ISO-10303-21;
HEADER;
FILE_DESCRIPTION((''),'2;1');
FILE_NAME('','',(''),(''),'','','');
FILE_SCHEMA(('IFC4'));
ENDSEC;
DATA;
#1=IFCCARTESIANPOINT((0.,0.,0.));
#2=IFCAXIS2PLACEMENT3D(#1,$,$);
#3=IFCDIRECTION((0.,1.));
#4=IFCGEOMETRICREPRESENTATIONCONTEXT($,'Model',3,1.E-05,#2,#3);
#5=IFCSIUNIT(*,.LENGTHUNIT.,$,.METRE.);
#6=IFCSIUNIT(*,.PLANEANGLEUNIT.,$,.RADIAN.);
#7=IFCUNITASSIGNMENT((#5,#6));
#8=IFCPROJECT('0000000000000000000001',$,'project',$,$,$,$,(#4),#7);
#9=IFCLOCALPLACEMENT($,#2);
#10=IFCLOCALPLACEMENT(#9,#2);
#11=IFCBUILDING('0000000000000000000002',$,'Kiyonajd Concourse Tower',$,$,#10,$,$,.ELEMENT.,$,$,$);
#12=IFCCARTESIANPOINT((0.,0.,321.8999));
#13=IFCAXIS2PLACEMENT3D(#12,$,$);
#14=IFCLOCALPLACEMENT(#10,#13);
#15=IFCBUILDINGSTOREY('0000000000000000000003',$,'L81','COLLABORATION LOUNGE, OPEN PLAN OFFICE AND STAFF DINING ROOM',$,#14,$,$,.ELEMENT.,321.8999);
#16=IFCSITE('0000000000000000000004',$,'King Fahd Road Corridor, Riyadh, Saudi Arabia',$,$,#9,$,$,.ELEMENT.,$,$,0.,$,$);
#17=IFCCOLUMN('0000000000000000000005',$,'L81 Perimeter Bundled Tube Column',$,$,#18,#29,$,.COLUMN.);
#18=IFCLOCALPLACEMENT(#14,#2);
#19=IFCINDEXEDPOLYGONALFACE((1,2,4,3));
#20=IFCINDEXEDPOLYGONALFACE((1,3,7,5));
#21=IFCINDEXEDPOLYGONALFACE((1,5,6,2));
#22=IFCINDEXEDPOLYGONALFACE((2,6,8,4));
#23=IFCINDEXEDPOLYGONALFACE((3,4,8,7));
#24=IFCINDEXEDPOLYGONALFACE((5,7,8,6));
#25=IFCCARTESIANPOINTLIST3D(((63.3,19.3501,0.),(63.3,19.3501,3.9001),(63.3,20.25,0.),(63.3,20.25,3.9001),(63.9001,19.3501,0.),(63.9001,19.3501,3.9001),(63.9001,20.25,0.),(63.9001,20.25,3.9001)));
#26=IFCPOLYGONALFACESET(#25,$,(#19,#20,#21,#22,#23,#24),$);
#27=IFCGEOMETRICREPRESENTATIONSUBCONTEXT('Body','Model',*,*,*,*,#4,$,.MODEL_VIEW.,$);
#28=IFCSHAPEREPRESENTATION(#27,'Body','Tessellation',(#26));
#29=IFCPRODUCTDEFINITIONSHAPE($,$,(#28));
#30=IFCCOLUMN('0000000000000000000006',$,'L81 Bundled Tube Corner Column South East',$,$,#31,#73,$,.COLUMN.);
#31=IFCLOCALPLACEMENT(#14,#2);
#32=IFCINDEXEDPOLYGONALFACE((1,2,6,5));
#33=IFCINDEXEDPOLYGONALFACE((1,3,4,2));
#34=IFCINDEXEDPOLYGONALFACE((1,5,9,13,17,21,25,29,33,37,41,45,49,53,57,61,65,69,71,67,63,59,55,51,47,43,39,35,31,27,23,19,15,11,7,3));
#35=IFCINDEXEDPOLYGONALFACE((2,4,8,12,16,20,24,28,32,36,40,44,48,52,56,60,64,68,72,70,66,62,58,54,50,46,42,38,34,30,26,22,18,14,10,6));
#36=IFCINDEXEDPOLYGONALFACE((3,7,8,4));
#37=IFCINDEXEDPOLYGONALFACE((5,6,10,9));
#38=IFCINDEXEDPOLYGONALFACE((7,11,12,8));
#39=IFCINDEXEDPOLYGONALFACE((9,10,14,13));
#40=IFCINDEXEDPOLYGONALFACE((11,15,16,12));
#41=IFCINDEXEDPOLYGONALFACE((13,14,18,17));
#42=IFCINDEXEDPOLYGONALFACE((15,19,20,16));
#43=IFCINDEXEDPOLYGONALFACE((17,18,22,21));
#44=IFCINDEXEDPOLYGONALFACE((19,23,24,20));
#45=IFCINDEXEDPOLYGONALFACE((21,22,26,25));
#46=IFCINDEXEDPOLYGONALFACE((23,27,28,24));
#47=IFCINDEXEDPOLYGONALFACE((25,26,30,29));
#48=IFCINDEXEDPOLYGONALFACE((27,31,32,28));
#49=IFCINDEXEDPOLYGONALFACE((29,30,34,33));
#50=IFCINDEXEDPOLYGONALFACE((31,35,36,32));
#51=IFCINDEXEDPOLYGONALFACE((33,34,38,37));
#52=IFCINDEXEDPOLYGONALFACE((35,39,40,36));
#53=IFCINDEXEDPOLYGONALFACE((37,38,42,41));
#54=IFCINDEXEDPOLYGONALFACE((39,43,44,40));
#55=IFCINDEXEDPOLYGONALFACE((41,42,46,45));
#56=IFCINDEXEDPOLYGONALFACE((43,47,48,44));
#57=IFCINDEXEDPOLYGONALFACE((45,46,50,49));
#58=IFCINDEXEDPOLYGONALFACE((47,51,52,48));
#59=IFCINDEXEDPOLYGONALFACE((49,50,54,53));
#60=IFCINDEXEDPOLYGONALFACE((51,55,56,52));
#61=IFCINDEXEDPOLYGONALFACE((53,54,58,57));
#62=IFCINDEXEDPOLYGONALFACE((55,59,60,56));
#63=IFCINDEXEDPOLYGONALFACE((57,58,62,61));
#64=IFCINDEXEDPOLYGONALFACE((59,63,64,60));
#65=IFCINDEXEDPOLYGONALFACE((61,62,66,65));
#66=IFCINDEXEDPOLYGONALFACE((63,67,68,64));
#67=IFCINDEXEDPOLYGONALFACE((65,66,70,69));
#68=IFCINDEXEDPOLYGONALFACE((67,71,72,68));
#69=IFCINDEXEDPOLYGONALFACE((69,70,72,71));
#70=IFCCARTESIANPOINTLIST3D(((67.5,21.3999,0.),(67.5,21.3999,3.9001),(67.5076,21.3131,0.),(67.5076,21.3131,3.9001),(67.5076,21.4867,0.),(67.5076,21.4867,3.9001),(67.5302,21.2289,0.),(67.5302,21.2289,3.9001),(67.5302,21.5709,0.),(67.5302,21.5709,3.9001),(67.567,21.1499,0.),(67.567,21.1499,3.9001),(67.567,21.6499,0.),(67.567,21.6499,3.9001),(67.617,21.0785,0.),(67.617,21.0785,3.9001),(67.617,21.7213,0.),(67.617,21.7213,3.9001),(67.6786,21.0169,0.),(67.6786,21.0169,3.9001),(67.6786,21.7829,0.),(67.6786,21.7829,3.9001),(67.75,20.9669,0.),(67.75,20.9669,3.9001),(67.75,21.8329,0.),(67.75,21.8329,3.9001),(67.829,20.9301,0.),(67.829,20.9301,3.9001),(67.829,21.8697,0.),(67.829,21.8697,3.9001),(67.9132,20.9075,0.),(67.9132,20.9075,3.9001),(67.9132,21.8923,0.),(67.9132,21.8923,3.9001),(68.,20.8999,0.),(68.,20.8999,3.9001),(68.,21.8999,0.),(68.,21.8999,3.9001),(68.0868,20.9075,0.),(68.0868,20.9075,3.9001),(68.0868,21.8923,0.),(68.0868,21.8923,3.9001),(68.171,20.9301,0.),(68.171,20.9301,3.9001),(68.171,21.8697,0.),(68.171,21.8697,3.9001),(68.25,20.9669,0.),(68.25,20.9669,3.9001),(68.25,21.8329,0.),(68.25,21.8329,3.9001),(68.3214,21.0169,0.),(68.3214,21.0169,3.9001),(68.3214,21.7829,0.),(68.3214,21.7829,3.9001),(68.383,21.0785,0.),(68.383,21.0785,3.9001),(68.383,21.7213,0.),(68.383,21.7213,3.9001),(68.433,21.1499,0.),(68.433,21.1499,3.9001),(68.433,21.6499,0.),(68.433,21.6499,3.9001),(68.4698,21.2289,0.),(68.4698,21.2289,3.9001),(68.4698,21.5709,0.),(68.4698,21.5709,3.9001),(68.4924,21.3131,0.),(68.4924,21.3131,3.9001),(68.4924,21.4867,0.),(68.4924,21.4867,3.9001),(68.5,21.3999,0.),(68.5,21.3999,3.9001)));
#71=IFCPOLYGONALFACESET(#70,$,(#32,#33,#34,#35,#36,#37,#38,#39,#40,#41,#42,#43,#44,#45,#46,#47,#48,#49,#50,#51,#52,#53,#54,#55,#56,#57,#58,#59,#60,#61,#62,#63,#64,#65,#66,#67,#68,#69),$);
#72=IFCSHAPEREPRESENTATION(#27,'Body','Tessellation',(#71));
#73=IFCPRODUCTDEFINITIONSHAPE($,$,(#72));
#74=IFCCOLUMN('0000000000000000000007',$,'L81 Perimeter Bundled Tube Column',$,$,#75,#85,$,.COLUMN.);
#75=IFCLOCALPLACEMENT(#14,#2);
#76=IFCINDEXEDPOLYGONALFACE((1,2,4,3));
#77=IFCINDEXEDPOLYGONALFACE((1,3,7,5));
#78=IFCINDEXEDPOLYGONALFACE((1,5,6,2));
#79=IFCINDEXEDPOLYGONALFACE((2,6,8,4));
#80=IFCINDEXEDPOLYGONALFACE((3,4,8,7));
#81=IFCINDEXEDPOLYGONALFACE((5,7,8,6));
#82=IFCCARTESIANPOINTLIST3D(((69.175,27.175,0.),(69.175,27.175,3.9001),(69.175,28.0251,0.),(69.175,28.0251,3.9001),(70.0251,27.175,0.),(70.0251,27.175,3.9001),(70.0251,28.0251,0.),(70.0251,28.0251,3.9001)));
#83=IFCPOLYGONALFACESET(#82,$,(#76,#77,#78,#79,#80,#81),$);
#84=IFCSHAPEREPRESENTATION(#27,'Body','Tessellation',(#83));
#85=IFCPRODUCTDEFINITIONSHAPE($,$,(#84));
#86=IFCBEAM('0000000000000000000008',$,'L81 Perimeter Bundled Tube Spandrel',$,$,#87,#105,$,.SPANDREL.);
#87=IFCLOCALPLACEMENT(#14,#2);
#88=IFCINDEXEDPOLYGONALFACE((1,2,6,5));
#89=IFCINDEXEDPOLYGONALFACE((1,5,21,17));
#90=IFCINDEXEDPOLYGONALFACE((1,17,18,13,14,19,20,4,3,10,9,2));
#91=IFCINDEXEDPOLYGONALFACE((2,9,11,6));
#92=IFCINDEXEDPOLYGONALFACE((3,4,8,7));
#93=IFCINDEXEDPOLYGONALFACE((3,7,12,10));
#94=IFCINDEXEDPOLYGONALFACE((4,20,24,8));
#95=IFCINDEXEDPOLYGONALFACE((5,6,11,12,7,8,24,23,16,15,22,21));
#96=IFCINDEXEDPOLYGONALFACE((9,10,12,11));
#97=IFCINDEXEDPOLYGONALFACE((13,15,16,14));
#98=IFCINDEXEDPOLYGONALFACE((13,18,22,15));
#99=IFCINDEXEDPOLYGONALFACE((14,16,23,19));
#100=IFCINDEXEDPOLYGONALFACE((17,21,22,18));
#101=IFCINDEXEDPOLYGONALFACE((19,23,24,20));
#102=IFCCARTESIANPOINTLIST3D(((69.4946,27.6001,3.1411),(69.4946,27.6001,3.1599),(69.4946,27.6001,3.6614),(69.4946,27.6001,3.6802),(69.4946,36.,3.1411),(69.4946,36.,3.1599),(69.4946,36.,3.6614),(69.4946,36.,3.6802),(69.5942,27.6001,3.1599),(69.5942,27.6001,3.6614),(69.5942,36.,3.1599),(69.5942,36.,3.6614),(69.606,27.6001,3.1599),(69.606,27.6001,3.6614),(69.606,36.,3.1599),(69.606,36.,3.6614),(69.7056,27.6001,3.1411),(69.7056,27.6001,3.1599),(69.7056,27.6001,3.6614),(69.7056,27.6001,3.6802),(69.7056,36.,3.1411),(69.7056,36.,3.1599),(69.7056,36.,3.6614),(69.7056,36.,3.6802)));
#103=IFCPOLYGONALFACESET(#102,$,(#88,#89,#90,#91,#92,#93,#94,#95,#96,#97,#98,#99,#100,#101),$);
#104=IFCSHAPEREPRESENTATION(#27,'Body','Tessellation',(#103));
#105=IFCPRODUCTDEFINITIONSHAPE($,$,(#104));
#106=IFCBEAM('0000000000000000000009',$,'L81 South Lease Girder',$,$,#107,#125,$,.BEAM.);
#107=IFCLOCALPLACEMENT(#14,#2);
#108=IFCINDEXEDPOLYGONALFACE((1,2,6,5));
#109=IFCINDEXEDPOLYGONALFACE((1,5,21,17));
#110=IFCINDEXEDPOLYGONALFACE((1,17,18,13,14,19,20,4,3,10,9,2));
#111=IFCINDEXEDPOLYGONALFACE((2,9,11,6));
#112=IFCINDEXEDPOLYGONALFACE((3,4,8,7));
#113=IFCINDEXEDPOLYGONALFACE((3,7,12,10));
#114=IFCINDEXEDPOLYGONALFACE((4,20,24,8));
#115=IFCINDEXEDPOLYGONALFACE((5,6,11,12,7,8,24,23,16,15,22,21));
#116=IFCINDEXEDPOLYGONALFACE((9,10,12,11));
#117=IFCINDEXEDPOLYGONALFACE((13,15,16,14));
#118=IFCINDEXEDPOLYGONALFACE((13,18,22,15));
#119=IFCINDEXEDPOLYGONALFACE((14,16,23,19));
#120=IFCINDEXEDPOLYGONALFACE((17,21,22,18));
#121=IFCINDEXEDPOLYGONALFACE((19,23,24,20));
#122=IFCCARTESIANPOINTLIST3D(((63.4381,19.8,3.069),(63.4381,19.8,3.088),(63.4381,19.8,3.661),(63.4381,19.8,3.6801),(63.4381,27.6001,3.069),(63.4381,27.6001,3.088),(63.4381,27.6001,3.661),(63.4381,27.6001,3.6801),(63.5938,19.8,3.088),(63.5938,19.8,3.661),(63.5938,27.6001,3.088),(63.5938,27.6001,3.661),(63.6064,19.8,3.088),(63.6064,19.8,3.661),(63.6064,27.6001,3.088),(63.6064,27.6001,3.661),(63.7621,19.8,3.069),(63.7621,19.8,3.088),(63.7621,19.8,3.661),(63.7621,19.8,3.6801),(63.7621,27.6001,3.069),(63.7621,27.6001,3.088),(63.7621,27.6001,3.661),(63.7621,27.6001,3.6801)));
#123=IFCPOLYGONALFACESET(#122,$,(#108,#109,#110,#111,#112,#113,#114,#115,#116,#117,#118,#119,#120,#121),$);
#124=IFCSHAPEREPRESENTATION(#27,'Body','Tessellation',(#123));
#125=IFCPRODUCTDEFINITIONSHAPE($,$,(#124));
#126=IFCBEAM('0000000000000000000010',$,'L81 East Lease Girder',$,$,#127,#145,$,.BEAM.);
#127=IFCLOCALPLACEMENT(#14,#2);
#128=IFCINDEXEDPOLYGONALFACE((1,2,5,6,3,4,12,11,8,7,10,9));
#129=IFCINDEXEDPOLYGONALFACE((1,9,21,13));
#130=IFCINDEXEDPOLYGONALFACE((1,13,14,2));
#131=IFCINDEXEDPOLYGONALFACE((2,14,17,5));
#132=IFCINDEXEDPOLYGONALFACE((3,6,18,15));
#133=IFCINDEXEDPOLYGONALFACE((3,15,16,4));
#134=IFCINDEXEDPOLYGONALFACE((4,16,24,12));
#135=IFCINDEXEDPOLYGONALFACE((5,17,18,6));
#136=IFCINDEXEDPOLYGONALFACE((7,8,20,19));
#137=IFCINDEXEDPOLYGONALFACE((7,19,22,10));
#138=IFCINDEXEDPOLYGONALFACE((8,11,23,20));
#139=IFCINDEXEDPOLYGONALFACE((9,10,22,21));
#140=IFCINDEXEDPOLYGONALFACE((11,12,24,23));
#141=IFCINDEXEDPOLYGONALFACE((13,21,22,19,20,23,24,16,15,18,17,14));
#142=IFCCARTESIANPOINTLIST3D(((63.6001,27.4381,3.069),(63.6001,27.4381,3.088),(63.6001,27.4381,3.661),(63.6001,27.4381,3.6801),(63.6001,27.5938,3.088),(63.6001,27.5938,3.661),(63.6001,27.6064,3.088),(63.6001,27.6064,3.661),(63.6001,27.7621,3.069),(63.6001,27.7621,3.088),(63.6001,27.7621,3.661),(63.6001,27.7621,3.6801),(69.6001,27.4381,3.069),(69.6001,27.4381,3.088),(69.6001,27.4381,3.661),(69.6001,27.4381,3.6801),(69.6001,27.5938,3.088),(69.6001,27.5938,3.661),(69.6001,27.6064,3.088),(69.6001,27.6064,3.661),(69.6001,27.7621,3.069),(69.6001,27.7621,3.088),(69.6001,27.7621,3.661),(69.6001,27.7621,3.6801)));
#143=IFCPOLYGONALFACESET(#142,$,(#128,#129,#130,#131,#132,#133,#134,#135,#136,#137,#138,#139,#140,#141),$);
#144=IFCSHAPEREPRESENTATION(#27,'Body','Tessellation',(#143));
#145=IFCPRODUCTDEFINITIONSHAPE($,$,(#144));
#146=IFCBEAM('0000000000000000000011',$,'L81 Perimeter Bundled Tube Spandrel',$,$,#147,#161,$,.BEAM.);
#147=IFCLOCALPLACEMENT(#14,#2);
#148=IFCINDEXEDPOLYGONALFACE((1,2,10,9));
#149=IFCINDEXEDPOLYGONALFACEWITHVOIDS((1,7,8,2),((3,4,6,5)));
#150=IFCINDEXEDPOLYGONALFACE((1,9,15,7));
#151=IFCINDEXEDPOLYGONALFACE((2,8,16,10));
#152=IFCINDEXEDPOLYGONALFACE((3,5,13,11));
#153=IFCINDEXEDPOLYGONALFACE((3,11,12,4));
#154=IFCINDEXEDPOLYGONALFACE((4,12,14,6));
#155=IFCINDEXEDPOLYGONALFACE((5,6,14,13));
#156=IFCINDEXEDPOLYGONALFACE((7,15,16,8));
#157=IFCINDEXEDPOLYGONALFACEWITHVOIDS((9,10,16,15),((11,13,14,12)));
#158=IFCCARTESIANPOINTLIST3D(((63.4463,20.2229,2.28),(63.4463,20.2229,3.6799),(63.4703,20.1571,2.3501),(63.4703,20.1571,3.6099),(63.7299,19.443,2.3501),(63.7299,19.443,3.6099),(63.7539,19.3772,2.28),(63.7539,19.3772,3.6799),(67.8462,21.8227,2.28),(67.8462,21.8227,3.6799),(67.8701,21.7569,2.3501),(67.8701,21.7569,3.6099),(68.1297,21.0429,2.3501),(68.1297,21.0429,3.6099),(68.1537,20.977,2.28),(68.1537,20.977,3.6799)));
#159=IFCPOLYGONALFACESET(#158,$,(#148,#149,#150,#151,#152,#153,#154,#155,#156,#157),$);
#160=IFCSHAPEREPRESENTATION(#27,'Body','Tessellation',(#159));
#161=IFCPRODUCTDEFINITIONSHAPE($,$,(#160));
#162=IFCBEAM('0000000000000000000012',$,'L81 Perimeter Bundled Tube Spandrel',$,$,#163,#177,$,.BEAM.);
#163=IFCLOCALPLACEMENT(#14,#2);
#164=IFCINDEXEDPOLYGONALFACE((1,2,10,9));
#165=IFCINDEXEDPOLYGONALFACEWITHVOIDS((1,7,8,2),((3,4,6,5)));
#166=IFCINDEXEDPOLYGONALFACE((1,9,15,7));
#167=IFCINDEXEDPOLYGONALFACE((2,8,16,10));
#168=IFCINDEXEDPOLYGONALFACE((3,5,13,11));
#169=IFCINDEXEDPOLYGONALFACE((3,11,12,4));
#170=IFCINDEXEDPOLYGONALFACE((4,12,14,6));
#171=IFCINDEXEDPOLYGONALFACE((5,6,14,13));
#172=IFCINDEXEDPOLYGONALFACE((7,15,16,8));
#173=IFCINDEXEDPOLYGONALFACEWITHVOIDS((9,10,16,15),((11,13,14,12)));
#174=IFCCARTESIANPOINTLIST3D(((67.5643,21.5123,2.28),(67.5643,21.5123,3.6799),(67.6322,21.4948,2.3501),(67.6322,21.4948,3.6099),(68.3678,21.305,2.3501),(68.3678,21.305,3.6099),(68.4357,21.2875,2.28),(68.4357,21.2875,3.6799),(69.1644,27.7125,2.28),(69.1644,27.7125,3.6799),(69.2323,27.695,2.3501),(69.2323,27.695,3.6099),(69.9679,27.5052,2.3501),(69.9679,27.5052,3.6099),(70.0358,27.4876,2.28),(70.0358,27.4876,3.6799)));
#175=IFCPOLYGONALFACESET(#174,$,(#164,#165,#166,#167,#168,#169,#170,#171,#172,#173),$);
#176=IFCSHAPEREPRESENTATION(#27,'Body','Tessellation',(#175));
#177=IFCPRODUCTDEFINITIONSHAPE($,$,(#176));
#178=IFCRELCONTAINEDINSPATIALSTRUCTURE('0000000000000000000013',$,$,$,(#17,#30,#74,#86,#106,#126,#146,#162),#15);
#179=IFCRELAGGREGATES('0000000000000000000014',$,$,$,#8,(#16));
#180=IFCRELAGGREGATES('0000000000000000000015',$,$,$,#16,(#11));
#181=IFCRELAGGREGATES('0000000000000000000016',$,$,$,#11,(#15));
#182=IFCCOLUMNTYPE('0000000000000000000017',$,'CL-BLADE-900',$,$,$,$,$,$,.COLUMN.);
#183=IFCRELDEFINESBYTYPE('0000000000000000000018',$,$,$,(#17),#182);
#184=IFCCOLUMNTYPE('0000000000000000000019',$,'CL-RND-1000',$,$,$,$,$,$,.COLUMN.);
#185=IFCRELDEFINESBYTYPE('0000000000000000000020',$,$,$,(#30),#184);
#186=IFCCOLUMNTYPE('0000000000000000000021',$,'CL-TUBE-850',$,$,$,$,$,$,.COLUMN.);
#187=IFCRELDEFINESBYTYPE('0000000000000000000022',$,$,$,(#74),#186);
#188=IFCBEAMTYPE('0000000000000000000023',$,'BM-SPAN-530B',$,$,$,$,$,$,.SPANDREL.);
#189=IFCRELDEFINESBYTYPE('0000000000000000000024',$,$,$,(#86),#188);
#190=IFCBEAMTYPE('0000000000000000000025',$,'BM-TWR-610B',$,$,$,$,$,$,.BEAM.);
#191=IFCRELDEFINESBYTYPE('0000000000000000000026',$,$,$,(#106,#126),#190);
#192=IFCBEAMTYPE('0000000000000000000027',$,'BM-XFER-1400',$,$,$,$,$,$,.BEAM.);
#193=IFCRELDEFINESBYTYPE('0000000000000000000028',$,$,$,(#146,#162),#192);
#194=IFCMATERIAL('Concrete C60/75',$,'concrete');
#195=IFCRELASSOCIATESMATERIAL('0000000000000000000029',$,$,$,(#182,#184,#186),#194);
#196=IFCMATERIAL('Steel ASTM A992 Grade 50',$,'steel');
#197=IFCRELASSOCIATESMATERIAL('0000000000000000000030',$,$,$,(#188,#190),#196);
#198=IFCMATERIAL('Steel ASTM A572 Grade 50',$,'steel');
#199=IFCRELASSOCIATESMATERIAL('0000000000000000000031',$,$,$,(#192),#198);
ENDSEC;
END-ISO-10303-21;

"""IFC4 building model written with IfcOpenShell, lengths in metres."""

from ifc_helpers import new_model, si_unit, direction, frame, origin, origin_2d, place, context, subcontext, project, spatial, rectangle, hollow_rectangle, circle, i_section, extrude, material, material_profile, profile_set, type_object, element, save


model = new_model("IFC4")

# Units and contexts
model_context = context("Model", 3, precision=1e-05, world=origin(), true_north=direction((0.0, 1.0)))
body_context = subcontext(model_context, "Body", "Model", "MODEL_VIEW")
ifc_project = project(units=[si_unit("LENGTHUNIT", "METRE"), si_unit("PLANEANGLEUNIT", "RADIAN")], contexts=[model_context])

# Site, building, storey
site_placement = place(None, origin())
site = spatial("IfcSite", under=ifc_project, at=site_placement, Name="King Fahd Road Corridor, Riyadh, Saudi Arabia", CompositionType="ELEMENT", RefElevation=0.0)
building_placement = place(site_placement, origin())
building = spatial("IfcBuilding", under=site, at=building_placement, Name="Kiyonajd Concourse Tower", CompositionType="ELEMENT")
storey_placement = place(building_placement, frame((0.0, 0.0, 321.8999)))
storey = spatial("IfcBuildingStorey", under=building, at=storey_placement, Name="L81", Description="COLLABORATION LOUNGE, OPEN PLAN OFFICE AND STAFF DINING ROOM", CompositionType="ELEMENT", Elevation=321.8999)

# Columns
ifc_material_1 = material(Name="Concrete C60/75", Category="concrete")
ifc_material_profile_1 = material_profile(ifc_material_1, rectangle(XDim=0.6001, YDim=0.8999, at=origin_2d()), Name="RC-900x600")
ifc_profile_set_1 = profile_set([ifc_material_profile_1], Name="Concrete C60/75")
column_type_1 = type_object("IfcColumnType", Name="CL-BLADE-900", PredefinedType="COLUMN", material=ifc_profile_set_1)
column_1_placement = place(storey_placement, frame((63.6001, 19.8, 0.0), z_axis=(0.0, 0.0, 1.0), x_axis=(1.0, 0.0, 0.0)))
element("IfcColumn", 1, at=column_1_placement, inside=storey, type_object=column_type_1, Name="L81 Perimeter Bundled Tube Column", PredefinedType="COLUMN", context=body_context, shape_type="SweptSolid", body=[
    extrude(rectangle(XDim=0.6001, YDim=0.8999, at=origin_2d()), origin(), (0.0, 0.0, 1.0), 3.9001),
])
ifc_material_profile_2 = material_profile(ifc_material_1, circle(Radius=0.5, at=origin_2d()), Name="RCC-D1000")
ifc_profile_set_2 = profile_set([ifc_material_profile_2], Name="Concrete C60/75")
column_type_2 = type_object("IfcColumnType", Name="CL-RND-1000", PredefinedType="COLUMN", material=ifc_profile_set_2)
column_2_placement = place(storey_placement, frame((68.0, 21.3999, 0.0), z_axis=(0.0, 0.0, 1.0), x_axis=(1.0, 0.0, 0.0)))
element("IfcColumn", 2, at=column_2_placement, inside=storey, type_object=column_type_2, Name="L81 Bundled Tube Corner Column South East", PredefinedType="COLUMN", context=body_context, shape_type="SweptSolid", body=[
    extrude(circle(Radius=0.5, at=origin_2d()), origin(), (0.0, 0.0, 1.0), 3.9001),
])
ifc_material_profile_3 = material_profile(ifc_material_1, rectangle(XDim=0.8501, YDim=0.8501, at=origin_2d()), Name="RC-850x850")
ifc_profile_set_3 = profile_set([ifc_material_profile_3], Name="Concrete C60/75")
column_type_3 = type_object("IfcColumnType", Name="CL-TUBE-850", PredefinedType="COLUMN", material=ifc_profile_set_3)
column_3_placement = place(storey_placement, frame((69.6001, 27.6001, 0.0), z_axis=(0.0, 0.0, 1.0), x_axis=(1.0, 0.0, 0.0)))
element("IfcColumn", 3, at=column_3_placement, inside=storey, type_object=column_type_3, Name="L81 Perimeter Bundled Tube Column", PredefinedType="COLUMN", context=body_context, shape_type="SweptSolid", body=[
    extrude(rectangle(XDim=0.8501, YDim=0.8501, at=origin_2d()), origin(), (0.0, 0.0, 1.0), 3.9001),
])

# Beams
ifc_material_2 = material(Name="Steel ASTM A992 Grade 50", Category="steel")
ifc_material_profile_4 = material_profile(ifc_material_2, i_section(OverallWidth=0.2109, OverallDepth=0.5391, WebThickness=0.0117, FlangeThickness=0.0188, at=origin_2d()), Name="W530X109")
ifc_profile_set_4 = profile_set([ifc_material_profile_4], Name="Steel ASTM A992 Grade 50")
beam_type_1 = type_object("IfcBeamType", Name="BM-SPAN-530B", PredefinedType="SPANDREL", material=ifc_profile_set_4)
beam_1_placement = place(storey_placement, frame((69.6001, 27.6001, 3.4106), z_axis=(0.0, 1.0, 0.0), x_axis=(-1.0, 0.0, 0.0)))
element("IfcBeam", 4, at=beam_1_placement, inside=storey, type_object=beam_type_1, Name="L81 Perimeter Bundled Tube Spandrel", PredefinedType="SPANDREL", context=body_context, shape_type="SweptSolid", body=[
    extrude(i_section(OverallWidth=0.2109, OverallDepth=0.5391, WebThickness=0.0117, FlangeThickness=0.0188, at=origin_2d()), origin(), (0.0, 0.0, 1.0), 8.3999),
])
ifc_material_profile_5 = material_profile(ifc_material_2, i_section(OverallWidth=0.324, OverallDepth=0.6111, WebThickness=0.0127, FlangeThickness=0.019, at=origin_2d()), Name="W610X155")
ifc_profile_set_5 = profile_set([ifc_material_profile_5], Name="Steel ASTM A992 Grade 50")
beam_type_2 = type_object("IfcBeamType", Name="BM-TWR-610B", PredefinedType="BEAM", material=ifc_profile_set_5)
beam_2_placement = place(storey_placement, frame((63.6001, 19.8, 3.3745), z_axis=(0.0, 1.0, 0.0), x_axis=(-1.0, 0.0, 0.0)))
element("IfcBeam", 5, at=beam_2_placement, inside=storey, type_object=beam_type_2, Name="L81 South Lease Girder", PredefinedType="BEAM", context=body_context, shape_type="SweptSolid", body=[
    extrude(i_section(OverallWidth=0.324, OverallDepth=0.6111, WebThickness=0.0127, FlangeThickness=0.019, at=origin_2d()), origin(), (0.0, 0.0, 1.0), 7.8),
])
beam_3_placement = place(storey_placement, frame((63.6001, 27.6001, 3.3745), z_axis=(1.0, 0.0, 0.0), x_axis=(0.0, 1.0, 0.0)))
element("IfcBeam", 6, at=beam_3_placement, inside=storey, type_object=beam_type_2, Name="L81 East Lease Girder", PredefinedType="BEAM", context=body_context, shape_type="SweptSolid", body=[
    extrude(i_section(OverallWidth=0.324, OverallDepth=0.6111, WebThickness=0.0127, FlangeThickness=0.019, at=origin_2d()), origin(), (0.0, 0.0, 1.0), 6.0),
])
ifc_material_3 = material(Name="Steel ASTM A572 Grade 50", Category="steel")
ifc_material_profile_6 = material_profile(ifc_material_3, hollow_rectangle(XDim=0.8999, YDim=1.3999, WallThickness=0.0701, at=origin_2d()), Name="BOX-1400x900x70")
ifc_profile_set_6 = profile_set([ifc_material_profile_6], Name="Steel ASTM A572 Grade 50")
beam_type_3 = type_object("IfcBeamType", Name="BM-XFER-1400", PredefinedType="BEAM", material=ifc_profile_set_6)
beam_4_placement = place(storey_placement, frame((63.6001, 19.8, 2.98), z_axis=(0.939801, 0.341722, 0.0), x_axis=(-0.341722, 0.939801, 0.0)))
element("IfcBeam", 7, at=beam_4_placement, inside=storey, type_object=beam_type_3, Name="L81 Perimeter Bundled Tube Spandrel", PredefinedType="BEAM", context=body_context, shape_type="SweptSolid", body=[
    extrude(hollow_rectangle(XDim=0.8999, YDim=1.3999, WallThickness=0.0701, at=origin_2d()), origin(), (0.0, 0.0, 1.0), 4.6816),
])
beam_5_placement = place(storey_placement, frame((68.0, 21.3999, 2.98), z_axis=(0.249885, 0.968276, 0.0), x_axis=(-0.968276, 0.249885, 0.0)))
element("IfcBeam", 8, at=beam_5_placement, inside=storey, type_object=beam_type_3, Name="L81 Perimeter Bundled Tube Spandrel", PredefinedType="BEAM", context=body_context, shape_type="SweptSolid", body=[
    extrude(hollow_rectangle(XDim=0.8999, YDim=1.3999, WallThickness=0.0701, at=origin_2d()), origin(), (0.0, 0.0, 1.0), 6.4033),
])

save(model, "model.ifc")
